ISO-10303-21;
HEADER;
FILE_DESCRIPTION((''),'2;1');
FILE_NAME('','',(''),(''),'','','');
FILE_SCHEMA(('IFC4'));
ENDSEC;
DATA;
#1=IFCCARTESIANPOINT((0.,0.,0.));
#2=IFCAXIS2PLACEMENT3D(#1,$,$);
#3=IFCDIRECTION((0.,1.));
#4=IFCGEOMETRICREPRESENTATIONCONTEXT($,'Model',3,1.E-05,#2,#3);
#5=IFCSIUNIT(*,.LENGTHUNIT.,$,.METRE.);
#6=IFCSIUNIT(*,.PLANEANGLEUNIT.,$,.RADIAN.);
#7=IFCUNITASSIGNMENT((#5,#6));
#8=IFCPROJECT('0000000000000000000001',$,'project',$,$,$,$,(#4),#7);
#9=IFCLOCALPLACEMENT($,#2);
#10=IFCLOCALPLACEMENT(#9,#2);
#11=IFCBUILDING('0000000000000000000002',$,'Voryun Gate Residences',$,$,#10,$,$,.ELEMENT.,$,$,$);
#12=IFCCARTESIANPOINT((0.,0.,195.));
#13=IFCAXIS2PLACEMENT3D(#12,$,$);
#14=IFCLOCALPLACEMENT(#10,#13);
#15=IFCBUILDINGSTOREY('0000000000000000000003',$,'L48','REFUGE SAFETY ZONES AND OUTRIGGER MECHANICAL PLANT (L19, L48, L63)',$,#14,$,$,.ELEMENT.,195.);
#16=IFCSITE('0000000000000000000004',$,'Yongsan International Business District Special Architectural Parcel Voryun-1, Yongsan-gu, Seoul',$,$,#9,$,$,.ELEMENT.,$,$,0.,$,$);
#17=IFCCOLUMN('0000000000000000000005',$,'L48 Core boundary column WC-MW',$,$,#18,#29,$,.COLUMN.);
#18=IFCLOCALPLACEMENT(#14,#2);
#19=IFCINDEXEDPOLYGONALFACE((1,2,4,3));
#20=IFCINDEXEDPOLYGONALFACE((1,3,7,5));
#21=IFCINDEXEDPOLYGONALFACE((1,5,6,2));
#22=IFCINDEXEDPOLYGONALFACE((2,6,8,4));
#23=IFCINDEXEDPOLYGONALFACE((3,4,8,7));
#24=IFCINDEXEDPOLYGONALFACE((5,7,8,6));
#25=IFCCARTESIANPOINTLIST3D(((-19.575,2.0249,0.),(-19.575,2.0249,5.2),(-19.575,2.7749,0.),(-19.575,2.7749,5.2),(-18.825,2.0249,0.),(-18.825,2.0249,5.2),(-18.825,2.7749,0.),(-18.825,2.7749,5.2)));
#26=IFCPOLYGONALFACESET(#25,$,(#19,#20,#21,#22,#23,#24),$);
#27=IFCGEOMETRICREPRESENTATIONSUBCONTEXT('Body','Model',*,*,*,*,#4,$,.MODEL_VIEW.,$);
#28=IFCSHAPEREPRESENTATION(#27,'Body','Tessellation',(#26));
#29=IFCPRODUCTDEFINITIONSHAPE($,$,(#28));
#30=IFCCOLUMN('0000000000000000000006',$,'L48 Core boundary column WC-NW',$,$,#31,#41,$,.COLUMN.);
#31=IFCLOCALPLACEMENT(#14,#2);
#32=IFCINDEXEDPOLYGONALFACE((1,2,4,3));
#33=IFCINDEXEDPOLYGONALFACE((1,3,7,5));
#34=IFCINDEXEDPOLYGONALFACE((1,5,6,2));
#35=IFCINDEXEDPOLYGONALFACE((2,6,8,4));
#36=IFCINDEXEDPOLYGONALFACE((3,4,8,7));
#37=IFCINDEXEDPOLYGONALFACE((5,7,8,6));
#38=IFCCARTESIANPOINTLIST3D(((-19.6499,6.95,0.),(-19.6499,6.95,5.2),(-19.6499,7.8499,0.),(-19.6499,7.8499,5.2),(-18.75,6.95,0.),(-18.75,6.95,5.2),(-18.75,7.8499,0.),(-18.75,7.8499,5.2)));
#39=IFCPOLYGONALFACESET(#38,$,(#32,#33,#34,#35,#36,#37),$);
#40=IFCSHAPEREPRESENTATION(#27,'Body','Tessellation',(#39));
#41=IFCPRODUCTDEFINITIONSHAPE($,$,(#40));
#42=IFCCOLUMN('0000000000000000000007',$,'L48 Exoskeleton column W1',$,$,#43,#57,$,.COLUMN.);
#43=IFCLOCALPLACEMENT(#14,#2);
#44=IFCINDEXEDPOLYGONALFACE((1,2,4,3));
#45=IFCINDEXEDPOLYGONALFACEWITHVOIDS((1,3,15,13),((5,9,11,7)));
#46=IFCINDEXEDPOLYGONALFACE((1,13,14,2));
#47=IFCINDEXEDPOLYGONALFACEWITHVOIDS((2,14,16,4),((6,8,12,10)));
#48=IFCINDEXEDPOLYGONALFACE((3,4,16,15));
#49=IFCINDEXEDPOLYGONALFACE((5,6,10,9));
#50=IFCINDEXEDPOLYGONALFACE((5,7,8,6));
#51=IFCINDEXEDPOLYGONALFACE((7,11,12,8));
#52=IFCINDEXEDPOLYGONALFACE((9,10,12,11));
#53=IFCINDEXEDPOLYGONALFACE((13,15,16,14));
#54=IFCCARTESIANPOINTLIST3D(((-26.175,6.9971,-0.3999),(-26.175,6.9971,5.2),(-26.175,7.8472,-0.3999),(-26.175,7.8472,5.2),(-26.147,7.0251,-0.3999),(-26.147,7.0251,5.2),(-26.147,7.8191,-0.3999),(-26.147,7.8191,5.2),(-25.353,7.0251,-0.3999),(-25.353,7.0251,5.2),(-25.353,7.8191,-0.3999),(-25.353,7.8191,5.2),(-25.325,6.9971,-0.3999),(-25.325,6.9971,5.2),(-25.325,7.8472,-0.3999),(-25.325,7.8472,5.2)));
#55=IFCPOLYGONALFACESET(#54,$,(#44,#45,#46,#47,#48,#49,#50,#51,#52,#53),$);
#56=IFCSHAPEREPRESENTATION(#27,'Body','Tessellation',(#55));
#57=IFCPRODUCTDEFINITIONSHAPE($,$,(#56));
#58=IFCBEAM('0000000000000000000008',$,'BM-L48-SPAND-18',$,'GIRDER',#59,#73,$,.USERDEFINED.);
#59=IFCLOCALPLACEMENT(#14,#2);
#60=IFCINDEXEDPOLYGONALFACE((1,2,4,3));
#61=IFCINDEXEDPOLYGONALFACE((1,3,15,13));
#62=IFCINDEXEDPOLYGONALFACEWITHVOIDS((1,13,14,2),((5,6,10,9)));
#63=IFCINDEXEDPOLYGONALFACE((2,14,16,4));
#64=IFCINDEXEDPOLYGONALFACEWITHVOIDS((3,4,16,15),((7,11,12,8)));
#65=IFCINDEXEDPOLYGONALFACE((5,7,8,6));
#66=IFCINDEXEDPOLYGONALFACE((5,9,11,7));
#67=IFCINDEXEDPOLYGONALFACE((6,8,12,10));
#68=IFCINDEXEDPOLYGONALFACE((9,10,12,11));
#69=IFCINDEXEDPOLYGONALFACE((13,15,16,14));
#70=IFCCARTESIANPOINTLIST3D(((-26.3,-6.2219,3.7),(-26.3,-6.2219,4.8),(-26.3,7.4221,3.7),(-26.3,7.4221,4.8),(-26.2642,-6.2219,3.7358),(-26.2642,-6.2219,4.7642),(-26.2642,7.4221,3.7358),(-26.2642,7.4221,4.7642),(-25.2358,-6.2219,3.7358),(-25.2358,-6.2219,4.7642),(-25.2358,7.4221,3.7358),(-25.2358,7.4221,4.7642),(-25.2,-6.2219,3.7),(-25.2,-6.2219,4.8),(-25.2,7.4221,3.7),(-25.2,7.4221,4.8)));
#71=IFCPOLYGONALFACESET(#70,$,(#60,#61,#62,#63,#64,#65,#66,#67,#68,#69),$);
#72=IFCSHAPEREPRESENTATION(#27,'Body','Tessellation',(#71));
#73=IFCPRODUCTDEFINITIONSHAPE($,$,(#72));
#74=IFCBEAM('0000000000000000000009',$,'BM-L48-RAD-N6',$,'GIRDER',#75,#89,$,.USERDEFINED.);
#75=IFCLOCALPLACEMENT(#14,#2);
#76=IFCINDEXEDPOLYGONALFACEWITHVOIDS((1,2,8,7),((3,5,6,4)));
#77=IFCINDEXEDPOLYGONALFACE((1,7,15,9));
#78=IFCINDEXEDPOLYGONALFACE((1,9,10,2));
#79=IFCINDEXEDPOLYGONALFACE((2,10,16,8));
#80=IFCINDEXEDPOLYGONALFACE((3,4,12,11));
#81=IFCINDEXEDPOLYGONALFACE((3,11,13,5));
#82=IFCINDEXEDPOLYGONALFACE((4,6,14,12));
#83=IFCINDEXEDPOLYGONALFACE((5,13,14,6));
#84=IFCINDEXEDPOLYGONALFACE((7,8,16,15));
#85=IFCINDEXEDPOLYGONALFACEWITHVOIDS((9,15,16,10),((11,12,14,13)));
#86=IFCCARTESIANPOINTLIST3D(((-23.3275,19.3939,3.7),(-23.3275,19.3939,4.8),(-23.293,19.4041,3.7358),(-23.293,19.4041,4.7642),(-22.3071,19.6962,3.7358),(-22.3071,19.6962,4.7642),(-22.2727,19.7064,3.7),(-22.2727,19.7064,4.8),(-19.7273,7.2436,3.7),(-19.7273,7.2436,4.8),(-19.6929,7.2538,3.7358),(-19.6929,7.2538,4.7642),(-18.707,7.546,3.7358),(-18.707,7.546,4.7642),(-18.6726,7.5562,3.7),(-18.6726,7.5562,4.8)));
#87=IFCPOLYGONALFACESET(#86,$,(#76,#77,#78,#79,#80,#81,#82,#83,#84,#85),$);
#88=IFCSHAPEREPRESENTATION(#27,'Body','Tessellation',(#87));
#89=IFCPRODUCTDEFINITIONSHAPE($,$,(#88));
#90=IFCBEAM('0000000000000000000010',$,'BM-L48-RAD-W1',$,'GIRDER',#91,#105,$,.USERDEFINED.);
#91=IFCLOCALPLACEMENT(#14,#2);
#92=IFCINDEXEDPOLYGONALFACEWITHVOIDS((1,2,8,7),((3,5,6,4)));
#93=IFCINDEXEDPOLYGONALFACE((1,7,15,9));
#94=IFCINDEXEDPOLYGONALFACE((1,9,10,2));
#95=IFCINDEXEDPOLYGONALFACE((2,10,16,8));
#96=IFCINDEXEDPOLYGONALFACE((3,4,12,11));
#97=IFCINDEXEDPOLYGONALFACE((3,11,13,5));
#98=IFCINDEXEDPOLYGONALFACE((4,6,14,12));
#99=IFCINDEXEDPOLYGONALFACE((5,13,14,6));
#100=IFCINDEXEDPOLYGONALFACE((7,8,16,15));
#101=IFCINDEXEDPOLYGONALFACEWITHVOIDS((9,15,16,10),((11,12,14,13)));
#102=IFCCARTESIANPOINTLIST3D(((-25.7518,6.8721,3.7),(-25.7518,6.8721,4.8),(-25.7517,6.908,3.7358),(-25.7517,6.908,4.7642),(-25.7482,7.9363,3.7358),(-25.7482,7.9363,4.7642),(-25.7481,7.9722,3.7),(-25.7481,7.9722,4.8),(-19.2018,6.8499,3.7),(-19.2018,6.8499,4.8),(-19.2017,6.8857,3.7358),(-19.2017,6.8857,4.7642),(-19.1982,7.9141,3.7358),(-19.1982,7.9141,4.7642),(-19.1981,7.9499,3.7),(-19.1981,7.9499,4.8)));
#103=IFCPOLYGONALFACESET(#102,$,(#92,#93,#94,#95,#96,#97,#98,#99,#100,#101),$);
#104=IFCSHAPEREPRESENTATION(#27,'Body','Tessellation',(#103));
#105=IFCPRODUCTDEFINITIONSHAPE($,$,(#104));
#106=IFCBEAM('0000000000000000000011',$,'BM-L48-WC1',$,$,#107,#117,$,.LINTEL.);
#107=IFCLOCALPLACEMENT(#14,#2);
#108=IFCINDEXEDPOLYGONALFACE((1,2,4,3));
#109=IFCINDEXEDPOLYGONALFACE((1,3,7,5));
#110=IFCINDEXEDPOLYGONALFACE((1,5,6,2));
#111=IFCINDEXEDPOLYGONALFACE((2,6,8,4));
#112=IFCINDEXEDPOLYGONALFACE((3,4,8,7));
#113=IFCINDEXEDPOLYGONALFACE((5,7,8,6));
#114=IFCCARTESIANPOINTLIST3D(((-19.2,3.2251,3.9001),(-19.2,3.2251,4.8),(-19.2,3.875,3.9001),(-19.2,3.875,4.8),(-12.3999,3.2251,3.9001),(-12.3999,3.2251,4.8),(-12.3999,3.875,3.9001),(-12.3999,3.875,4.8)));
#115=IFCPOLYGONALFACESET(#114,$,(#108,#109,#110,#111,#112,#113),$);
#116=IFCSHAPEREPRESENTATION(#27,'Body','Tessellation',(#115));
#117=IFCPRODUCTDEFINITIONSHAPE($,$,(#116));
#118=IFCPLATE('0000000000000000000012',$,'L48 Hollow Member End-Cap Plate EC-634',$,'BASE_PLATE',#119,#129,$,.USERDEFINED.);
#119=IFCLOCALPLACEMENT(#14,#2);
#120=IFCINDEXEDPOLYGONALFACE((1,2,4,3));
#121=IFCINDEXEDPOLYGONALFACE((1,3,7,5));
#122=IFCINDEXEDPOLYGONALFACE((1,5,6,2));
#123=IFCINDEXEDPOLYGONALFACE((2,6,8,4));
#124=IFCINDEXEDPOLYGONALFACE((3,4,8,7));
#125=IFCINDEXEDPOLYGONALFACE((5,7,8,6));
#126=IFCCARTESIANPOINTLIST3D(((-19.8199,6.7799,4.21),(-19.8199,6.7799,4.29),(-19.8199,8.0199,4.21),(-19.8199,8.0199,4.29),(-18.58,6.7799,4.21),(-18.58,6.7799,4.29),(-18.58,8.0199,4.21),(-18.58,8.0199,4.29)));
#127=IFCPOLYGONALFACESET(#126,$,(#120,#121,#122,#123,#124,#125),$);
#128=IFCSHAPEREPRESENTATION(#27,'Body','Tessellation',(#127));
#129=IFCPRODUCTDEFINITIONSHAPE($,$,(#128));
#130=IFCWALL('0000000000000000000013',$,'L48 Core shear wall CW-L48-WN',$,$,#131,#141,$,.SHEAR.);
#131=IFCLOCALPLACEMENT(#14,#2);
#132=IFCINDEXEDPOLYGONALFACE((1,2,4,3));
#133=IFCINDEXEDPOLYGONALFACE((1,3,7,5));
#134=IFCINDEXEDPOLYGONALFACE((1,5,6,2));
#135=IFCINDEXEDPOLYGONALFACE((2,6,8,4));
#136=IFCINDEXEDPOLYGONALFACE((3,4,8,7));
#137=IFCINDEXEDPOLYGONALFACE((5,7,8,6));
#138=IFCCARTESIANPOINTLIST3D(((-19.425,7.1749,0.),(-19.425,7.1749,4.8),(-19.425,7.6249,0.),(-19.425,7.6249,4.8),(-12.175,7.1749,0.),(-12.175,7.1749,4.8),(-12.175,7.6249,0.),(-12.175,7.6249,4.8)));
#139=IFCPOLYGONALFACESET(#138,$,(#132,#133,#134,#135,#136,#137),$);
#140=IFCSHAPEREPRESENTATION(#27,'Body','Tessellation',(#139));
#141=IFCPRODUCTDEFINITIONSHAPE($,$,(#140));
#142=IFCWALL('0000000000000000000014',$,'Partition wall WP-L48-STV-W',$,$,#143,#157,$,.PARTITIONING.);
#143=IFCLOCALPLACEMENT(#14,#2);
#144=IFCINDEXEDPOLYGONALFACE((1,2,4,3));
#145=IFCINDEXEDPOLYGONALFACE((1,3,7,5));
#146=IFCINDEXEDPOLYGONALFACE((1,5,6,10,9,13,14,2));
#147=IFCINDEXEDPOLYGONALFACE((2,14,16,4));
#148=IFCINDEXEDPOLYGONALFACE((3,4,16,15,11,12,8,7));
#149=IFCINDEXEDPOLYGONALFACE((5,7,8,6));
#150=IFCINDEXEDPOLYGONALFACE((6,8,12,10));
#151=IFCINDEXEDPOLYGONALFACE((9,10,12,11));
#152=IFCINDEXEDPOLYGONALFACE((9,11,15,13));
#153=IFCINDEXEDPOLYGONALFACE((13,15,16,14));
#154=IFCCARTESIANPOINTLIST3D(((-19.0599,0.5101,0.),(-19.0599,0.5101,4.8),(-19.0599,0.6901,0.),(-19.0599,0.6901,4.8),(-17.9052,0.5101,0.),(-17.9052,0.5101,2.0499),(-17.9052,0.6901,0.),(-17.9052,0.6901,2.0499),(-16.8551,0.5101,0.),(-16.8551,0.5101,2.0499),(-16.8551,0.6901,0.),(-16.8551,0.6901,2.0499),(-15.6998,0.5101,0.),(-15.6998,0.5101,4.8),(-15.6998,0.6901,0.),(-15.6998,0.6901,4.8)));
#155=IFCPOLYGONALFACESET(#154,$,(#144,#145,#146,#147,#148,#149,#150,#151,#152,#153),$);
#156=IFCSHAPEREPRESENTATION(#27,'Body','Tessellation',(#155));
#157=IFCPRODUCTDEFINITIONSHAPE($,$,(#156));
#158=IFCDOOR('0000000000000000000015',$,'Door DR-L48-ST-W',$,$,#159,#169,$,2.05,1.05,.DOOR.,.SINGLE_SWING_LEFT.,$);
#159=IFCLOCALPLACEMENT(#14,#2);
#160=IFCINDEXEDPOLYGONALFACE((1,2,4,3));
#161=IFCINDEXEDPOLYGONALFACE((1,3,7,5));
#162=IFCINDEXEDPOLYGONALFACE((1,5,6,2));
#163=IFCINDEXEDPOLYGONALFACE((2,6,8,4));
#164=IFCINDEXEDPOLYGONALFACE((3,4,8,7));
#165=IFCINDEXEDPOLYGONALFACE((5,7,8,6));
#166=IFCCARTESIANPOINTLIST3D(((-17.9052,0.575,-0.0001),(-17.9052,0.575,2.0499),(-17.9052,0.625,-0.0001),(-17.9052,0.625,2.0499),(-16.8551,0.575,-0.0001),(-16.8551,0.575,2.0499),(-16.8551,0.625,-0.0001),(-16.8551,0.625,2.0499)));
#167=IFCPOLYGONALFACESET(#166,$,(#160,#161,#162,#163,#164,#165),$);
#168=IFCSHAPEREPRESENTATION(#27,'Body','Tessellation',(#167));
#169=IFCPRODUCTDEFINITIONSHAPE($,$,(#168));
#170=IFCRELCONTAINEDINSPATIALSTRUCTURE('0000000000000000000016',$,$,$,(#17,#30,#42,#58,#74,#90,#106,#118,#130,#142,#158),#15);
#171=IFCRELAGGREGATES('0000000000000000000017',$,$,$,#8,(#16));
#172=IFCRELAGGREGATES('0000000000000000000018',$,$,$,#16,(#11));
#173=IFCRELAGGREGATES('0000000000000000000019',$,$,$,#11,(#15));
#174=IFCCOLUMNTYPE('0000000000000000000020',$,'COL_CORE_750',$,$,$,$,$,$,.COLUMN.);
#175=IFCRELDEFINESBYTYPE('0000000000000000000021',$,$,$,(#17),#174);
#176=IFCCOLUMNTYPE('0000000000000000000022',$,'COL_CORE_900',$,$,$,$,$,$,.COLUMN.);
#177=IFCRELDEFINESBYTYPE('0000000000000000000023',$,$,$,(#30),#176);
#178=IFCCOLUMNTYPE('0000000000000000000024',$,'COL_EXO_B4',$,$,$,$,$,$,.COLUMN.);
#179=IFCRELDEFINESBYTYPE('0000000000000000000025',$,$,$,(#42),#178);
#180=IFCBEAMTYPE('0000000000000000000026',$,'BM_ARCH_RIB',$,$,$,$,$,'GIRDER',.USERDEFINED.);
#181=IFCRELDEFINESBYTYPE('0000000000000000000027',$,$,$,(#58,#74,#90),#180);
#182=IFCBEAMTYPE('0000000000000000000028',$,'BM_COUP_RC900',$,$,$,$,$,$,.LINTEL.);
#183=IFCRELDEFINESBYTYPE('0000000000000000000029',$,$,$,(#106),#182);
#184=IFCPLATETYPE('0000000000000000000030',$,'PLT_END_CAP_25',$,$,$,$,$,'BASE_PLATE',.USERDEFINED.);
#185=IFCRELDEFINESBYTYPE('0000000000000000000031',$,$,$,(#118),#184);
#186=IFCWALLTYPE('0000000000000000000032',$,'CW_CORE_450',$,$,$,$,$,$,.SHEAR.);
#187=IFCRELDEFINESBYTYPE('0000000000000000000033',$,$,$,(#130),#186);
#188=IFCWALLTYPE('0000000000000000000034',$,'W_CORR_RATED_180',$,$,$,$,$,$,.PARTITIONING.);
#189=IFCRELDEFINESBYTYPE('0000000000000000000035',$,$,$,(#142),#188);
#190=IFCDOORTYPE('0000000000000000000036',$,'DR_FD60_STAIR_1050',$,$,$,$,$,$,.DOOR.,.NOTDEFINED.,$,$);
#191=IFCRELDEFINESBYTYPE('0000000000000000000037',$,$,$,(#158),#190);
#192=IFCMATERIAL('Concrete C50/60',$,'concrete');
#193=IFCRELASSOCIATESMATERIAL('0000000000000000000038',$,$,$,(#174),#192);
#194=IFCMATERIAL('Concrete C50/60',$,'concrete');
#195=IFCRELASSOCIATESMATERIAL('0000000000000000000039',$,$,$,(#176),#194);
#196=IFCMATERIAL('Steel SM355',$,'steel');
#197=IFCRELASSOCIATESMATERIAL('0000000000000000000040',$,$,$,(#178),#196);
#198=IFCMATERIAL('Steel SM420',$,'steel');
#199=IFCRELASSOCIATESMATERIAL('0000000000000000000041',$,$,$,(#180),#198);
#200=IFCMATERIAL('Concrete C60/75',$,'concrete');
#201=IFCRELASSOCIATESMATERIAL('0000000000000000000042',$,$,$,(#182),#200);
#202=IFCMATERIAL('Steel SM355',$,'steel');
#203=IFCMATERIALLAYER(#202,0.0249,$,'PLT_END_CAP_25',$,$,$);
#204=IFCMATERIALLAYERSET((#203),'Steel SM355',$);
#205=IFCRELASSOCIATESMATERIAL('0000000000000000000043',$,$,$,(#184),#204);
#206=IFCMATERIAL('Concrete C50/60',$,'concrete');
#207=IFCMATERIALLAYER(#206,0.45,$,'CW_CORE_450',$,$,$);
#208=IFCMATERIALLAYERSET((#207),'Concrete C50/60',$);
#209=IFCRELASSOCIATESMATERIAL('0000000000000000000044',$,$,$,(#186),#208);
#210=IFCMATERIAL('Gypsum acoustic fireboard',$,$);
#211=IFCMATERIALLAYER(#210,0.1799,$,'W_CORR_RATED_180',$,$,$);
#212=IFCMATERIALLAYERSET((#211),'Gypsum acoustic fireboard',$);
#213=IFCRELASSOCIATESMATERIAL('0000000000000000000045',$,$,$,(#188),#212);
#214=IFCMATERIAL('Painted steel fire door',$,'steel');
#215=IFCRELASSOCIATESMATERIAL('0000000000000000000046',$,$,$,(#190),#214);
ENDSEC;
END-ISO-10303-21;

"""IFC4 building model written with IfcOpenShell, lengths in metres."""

from ifc_helpers import new_model, si_unit, direction, frame, frame_2d, origin, origin_2d, place, context, subcontext, project, spatial, rectangle, hollow_rectangle, extrude, material, layer, layer_set, material_profile, profile_set, type_object, element, fill, save


model = new_model("IFC4")

# Units and contexts
model_context = context("Model", 3, precision=1e-05, world=origin(), true_north=direction((0.0, 1.0)))
body_context = subcontext(model_context, "Body", "Model", "MODEL_VIEW")
ifc_project = project(units=[si_unit("LENGTHUNIT", "METRE"), si_unit("PLANEANGLEUNIT", "RADIAN")], contexts=[model_context])

# Site, building, storey
site_placement = place(None, origin())
site = spatial("IfcSite", under=ifc_project, at=site_placement, Name="Yongsan International Business District Special Architectural Parcel Voryun-1, Yongsan-gu, Seoul", CompositionType="ELEMENT", RefElevation=0.0)
building_placement = place(site_placement, origin())
building = spatial("IfcBuilding", under=site, at=building_placement, Name="Voryun Gate Residences", CompositionType="ELEMENT")
storey_placement = place(building_placement, frame((0.0, 0.0, 195.0)))
storey = spatial("IfcBuildingStorey", under=building, at=storey_placement, Name="L48", Description="REFUGE SAFETY ZONES AND OUTRIGGER MECHANICAL PLANT (L19, L48, L63)", CompositionType="ELEMENT", Elevation=195.0)

# Columns
ifc_material_1 = material(Name="Concrete C50/60", Category="concrete")
ifc_material_profile_1 = material_profile(ifc_material_1, rectangle(XDim=0.75, YDim=0.75, at=origin_2d()), Name="RC-750x750")
ifc_profile_set_1 = profile_set([ifc_material_profile_1], Name="Concrete C50/60")
column_type_1 = type_object("IfcColumnType", Name="COL_CORE_750", PredefinedType="COLUMN", material=ifc_profile_set_1)
column_1_placement = place(storey_placement, frame((-19.2, 2.3999, 0.0), z_axis=(0.0, 0.0, 1.0), x_axis=(1.0, 0.0, 0.0)))
element("IfcColumn", 1, at=column_1_placement, inside=storey, type_object=column_type_1, Name="L48 Core boundary column WC-MW", PredefinedType="COLUMN", context=body_context, shape_type="SweptSolid", body=[
    extrude(rectangle(XDim=0.75, YDim=0.75, at=origin_2d()), origin(), (0.0, 0.0, 1.0), 5.2),
])
ifc_material_2 = material(Name="Concrete C50/60", Category="concrete")
ifc_material_profile_2 = material_profile(ifc_material_2, rectangle(XDim=0.8999, YDim=0.8999, at=origin_2d()), Name="RC-900x900")
ifc_profile_set_2 = profile_set([ifc_material_profile_2], Name="Concrete C50/60")
column_type_2 = type_object("IfcColumnType", Name="COL_CORE_900", PredefinedType="COLUMN", material=ifc_profile_set_2)
column_2_placement = place(storey_placement, frame((-19.2, 7.3999, 0.0), z_axis=(0.0, 0.0, 1.0), x_axis=(1.0, 0.0, 0.0)))
element("IfcColumn", 2, at=column_2_placement, inside=storey, type_object=column_type_2, Name="L48 Core boundary column WC-NW", PredefinedType="COLUMN", context=body_context, shape_type="SweptSolid", body=[
    extrude(rectangle(XDim=0.8999, YDim=0.8999, at=origin_2d()), origin(), (0.0, 0.0, 1.0), 5.2),
])
ifc_material_3 = material(Name="Steel SM355", Category="steel")
ifc_material_profile_3 = material_profile(ifc_material_3, hollow_rectangle(XDim=0.8501, YDim=0.8501, WallThickness=0.0281, at=origin_2d()), Name="BOX-850x850x28")
ifc_profile_set_3 = profile_set([ifc_material_profile_3], Name="Steel SM355")
column_type_3 = type_object("IfcColumnType", Name="COL_EXO_B4", PredefinedType="COLUMN", material=ifc_profile_set_3)
column_3_placement = place(storey_placement, frame((-25.75, 7.4221, -0.3999), z_axis=(0.0, 0.0, 1.0), x_axis=(1.0, 0.0, 0.0)))
element("IfcColumn", 3, at=column_3_placement, inside=storey, type_object=column_type_3, Name="L48 Exoskeleton column W1", PredefinedType="COLUMN", context=body_context, shape_type="SweptSolid", body=[
    extrude(hollow_rectangle(XDim=0.8501, YDim=0.8501, WallThickness=0.0281, at=origin_2d()), origin(), (0.0, 0.0, 1.0), 5.5999),
])

# Beams
ifc_material_4 = material(Name="Steel SM420", Category="steel")
ifc_material_profile_4 = material_profile(ifc_material_4, hollow_rectangle(XDim=1.1001, YDim=1.1001, WallThickness=0.0359, at=origin_2d()), Name="BOX-1100x1100x36")
ifc_profile_set_4 = profile_set([ifc_material_profile_4], Name="Steel SM420")
beam_type_1 = type_object("IfcBeamType", Name="BM_ARCH_RIB", ElementType="GIRDER", PredefinedType="USERDEFINED", material=ifc_profile_set_4)
beam_1_placement = place(storey_placement, frame((-25.75, 7.4221, 4.25), z_axis=(0.0, -1.0, 0.0), x_axis=(1.0, 0.0, 0.0)))
element("IfcBeam", 4, at=beam_1_placement, inside=storey, type_object=beam_type_1, Name="BM-L48-SPAND-18", ObjectType="GIRDER", PredefinedType="USERDEFINED", context=body_context, shape_type="SweptSolid", body=[
    extrude(hollow_rectangle(XDim=1.1001, YDim=1.1001, WallThickness=0.0359, at=origin_2d()), origin(), (0.0, 0.0, 1.0), 13.644),
])
beam_2_placement = place(storey_placement, frame((-19.2, 7.3999, 4.25), z_axis=(-0.284092, 0.958797, 0.0), x_axis=(-0.958797, -0.284092, 0.0)))
element("IfcBeam", 5, at=beam_2_placement, inside=storey, type_object=beam_type_1, Name="BM-L48-RAD-N6", ObjectType="GIRDER", PredefinedType="USERDEFINED", context=body_context, shape_type="SweptSolid", body=[
    extrude(hollow_rectangle(XDim=1.1001, YDim=1.1001, WallThickness=0.0359, at=origin_2d()), origin(), (0.0, 0.0, 1.0), 12.6724),
])
beam_3_placement = place(storey_placement, frame((-19.2, 7.3999, 4.25), z_axis=(-0.999994, 0.003392, 0.0), x_axis=(-0.003392, -0.999994, 0.0)))
element("IfcBeam", 6, at=beam_3_placement, inside=storey, type_object=beam_type_1, Name="BM-L48-RAD-W1", ObjectType="GIRDER", PredefinedType="USERDEFINED", context=body_context, shape_type="SweptSolid", body=[
    extrude(hollow_rectangle(XDim=1.1001, YDim=1.1001, WallThickness=0.0359, at=origin_2d()), origin(), (0.0, 0.0, 1.0), 6.55),
])
ifc_material_5 = material(Name="Concrete C60/75", Category="concrete")
ifc_material_profile_5 = material_profile(ifc_material_5, rectangle(XDim=0.6499, YDim=0.8999, at=origin_2d()), Name="RC-650x900")
ifc_profile_set_5 = profile_set([ifc_material_profile_5], Name="Concrete C60/75")
beam_type_2 = type_object("IfcBeamType", Name="BM_COUP_RC900", PredefinedType="LINTEL", material=ifc_profile_set_5)
beam_4_placement = place(storey_placement, frame((-19.2, 3.55, 4.3501), z_axis=(1.0, 0.0, 0.0), x_axis=(0.0, 1.0, 0.0)))
element("IfcBeam", 7, at=beam_4_placement, inside=storey, type_object=beam_type_2, Name="BM-L48-WC1", PredefinedType="LINTEL", context=body_context, shape_type="SweptSolid", body=[
    extrude(rectangle(XDim=0.6499, YDim=0.8999, at=origin_2d()), origin(), (0.0, 0.0, 1.0), 6.8),
])

# Plate
ifc_material_6 = material(Name="Steel SM355", Category="steel")
ifc_layer_1 = layer(ifc_material_6, 0.0249, Name="PLT_END_CAP_25")
ifc_layer_set_1 = layer_set([ifc_layer_1], Name="Steel SM355")
plate_type = type_object("IfcPlateType", Name="PLT_END_CAP_25", ElementType="BASE_PLATE", PredefinedType="USERDEFINED", material=ifc_layer_set_1)
plate_placement = place(storey_placement, frame((-19.2, 7.3999, 4.21), z_axis=(0.0, 0.0, 1.0), x_axis=(1.0, 0.0, 0.0)))
element("IfcPlate", 8, at=plate_placement, inside=storey, type_object=plate_type, Name="L48 Hollow Member End-Cap Plate EC-634", ObjectType="BASE_PLATE", PredefinedType="USERDEFINED", context=body_context, shape_type="SweptSolid", body=[
    extrude(rectangle(XDim=1.24, YDim=1.24, at=origin_2d()), origin(), (0.0, 0.0, 1.0), 0.0801),
])

# Wall
ifc_material_7 = material(Name="Concrete C50/60", Category="concrete")
ifc_layer_2 = layer(ifc_material_7, 0.45, Name="CW_CORE_450")
ifc_layer_set_2 = layer_set([ifc_layer_2], Name="Concrete C50/60")
wall_type_1 = type_object("IfcWallType", Name="CW_CORE_450", PredefinedType="SHEAR", material=ifc_layer_set_2)
wall_1_placement = place(storey_placement, frame((-19.425, 7.3999, 0.0), z_axis=(0.0, 0.0, 1.0), x_axis=(1.0, 0.0, 0.0)))
element("IfcWall", 9, at=wall_1_placement, inside=storey, type_object=wall_type_1, Name="L48 Core shear wall CW-L48-WN", PredefinedType="SHEAR", context=body_context, shape_type="SweptSolid", body=[
    extrude(rectangle(XDim=7.25, YDim=0.45, at=frame_2d((3.625, 0.0))), origin(), (0.0, 0.0, 1.0), 4.8),
])

# Wall, opening, door
ifc_material_8 = material(Name="Gypsum acoustic fireboard")
ifc_layer_3 = layer(ifc_material_8, 0.1799, Name="W_CORR_RATED_180")
ifc_layer_set_3 = layer_set([ifc_layer_3], Name="Gypsum acoustic fireboard")
wall_type_2 = type_object("IfcWallType", Name="W_CORR_RATED_180", PredefinedType="PARTITIONING", material=ifc_layer_set_3)
wall_2_placement = place(storey_placement, frame((-19.0601, 0.6001, 0.0), z_axis=(0.0, 0.0, 1.0), x_axis=(1.0, 0.0, 0.0)))
wall_2 = element("IfcWall", 10, at=wall_2_placement, inside=storey, type_object=wall_type_2, Name="Partition wall WP-L48-STV-W", PredefinedType="PARTITIONING", context=body_context, shape_type="SweptSolid", body=[
    extrude(rectangle(XDim=3.3601, YDim=0.1799, at=frame_2d((1.6802, 0.0))), origin(), (0.0, 0.0, 1.0), 4.8),
])
opening_1_placement = place(wall_2_placement, frame((1.155, 0.0, 0.0)))
opening_1 = element("IfcOpeningElement", 11, at=opening_1_placement, cuts=wall_2, PredefinedType="OPENING", context=body_context, shape_type="SweptSolid", body=[
    extrude(rectangle(XDim=1.05, YDim=2.05, at=frame_2d((0.5249, 1.0249))), frame((0.0, 0.0999, 0.0), z_axis=(0.0, -1.0, 0.0), x_axis=(1.0, 0.0, 0.0)), (0.0, 0.0, 1.0), 0.2),
])
ifc_material_9 = material(Name="Painted steel fire door", Category="steel")
door_type_1 = type_object("IfcDoorType", Name="DR_FD60_STAIR_1050", OperationType="NOTDEFINED", PredefinedType="DOOR", material=ifc_material_9)
door_1_placement = place(opening_1_placement, origin())
door_1 = element("IfcDoor", 12, at=door_1_placement, inside=storey, type_object=door_type_1, Name="Door DR-L48-ST-W", OperationType="SINGLE_SWING_LEFT", OverallHeight=2.05, OverallWidth=1.05, PredefinedType="DOOR", context=body_context, shape_type="SweptSolid", body=[
    extrude(rectangle(XDim=1.05, YDim=2.05, at=frame_2d((0.5249, 1.0249))), frame((0.0, 0.0249, 0.0), z_axis=(0.0, -1.0, 0.0), x_axis=(1.0, 0.0, 0.0)), (0.0, 0.0, 1.0), 0.05),
])
fill(opening_1, door_1)

save(model, "model.ifc")
